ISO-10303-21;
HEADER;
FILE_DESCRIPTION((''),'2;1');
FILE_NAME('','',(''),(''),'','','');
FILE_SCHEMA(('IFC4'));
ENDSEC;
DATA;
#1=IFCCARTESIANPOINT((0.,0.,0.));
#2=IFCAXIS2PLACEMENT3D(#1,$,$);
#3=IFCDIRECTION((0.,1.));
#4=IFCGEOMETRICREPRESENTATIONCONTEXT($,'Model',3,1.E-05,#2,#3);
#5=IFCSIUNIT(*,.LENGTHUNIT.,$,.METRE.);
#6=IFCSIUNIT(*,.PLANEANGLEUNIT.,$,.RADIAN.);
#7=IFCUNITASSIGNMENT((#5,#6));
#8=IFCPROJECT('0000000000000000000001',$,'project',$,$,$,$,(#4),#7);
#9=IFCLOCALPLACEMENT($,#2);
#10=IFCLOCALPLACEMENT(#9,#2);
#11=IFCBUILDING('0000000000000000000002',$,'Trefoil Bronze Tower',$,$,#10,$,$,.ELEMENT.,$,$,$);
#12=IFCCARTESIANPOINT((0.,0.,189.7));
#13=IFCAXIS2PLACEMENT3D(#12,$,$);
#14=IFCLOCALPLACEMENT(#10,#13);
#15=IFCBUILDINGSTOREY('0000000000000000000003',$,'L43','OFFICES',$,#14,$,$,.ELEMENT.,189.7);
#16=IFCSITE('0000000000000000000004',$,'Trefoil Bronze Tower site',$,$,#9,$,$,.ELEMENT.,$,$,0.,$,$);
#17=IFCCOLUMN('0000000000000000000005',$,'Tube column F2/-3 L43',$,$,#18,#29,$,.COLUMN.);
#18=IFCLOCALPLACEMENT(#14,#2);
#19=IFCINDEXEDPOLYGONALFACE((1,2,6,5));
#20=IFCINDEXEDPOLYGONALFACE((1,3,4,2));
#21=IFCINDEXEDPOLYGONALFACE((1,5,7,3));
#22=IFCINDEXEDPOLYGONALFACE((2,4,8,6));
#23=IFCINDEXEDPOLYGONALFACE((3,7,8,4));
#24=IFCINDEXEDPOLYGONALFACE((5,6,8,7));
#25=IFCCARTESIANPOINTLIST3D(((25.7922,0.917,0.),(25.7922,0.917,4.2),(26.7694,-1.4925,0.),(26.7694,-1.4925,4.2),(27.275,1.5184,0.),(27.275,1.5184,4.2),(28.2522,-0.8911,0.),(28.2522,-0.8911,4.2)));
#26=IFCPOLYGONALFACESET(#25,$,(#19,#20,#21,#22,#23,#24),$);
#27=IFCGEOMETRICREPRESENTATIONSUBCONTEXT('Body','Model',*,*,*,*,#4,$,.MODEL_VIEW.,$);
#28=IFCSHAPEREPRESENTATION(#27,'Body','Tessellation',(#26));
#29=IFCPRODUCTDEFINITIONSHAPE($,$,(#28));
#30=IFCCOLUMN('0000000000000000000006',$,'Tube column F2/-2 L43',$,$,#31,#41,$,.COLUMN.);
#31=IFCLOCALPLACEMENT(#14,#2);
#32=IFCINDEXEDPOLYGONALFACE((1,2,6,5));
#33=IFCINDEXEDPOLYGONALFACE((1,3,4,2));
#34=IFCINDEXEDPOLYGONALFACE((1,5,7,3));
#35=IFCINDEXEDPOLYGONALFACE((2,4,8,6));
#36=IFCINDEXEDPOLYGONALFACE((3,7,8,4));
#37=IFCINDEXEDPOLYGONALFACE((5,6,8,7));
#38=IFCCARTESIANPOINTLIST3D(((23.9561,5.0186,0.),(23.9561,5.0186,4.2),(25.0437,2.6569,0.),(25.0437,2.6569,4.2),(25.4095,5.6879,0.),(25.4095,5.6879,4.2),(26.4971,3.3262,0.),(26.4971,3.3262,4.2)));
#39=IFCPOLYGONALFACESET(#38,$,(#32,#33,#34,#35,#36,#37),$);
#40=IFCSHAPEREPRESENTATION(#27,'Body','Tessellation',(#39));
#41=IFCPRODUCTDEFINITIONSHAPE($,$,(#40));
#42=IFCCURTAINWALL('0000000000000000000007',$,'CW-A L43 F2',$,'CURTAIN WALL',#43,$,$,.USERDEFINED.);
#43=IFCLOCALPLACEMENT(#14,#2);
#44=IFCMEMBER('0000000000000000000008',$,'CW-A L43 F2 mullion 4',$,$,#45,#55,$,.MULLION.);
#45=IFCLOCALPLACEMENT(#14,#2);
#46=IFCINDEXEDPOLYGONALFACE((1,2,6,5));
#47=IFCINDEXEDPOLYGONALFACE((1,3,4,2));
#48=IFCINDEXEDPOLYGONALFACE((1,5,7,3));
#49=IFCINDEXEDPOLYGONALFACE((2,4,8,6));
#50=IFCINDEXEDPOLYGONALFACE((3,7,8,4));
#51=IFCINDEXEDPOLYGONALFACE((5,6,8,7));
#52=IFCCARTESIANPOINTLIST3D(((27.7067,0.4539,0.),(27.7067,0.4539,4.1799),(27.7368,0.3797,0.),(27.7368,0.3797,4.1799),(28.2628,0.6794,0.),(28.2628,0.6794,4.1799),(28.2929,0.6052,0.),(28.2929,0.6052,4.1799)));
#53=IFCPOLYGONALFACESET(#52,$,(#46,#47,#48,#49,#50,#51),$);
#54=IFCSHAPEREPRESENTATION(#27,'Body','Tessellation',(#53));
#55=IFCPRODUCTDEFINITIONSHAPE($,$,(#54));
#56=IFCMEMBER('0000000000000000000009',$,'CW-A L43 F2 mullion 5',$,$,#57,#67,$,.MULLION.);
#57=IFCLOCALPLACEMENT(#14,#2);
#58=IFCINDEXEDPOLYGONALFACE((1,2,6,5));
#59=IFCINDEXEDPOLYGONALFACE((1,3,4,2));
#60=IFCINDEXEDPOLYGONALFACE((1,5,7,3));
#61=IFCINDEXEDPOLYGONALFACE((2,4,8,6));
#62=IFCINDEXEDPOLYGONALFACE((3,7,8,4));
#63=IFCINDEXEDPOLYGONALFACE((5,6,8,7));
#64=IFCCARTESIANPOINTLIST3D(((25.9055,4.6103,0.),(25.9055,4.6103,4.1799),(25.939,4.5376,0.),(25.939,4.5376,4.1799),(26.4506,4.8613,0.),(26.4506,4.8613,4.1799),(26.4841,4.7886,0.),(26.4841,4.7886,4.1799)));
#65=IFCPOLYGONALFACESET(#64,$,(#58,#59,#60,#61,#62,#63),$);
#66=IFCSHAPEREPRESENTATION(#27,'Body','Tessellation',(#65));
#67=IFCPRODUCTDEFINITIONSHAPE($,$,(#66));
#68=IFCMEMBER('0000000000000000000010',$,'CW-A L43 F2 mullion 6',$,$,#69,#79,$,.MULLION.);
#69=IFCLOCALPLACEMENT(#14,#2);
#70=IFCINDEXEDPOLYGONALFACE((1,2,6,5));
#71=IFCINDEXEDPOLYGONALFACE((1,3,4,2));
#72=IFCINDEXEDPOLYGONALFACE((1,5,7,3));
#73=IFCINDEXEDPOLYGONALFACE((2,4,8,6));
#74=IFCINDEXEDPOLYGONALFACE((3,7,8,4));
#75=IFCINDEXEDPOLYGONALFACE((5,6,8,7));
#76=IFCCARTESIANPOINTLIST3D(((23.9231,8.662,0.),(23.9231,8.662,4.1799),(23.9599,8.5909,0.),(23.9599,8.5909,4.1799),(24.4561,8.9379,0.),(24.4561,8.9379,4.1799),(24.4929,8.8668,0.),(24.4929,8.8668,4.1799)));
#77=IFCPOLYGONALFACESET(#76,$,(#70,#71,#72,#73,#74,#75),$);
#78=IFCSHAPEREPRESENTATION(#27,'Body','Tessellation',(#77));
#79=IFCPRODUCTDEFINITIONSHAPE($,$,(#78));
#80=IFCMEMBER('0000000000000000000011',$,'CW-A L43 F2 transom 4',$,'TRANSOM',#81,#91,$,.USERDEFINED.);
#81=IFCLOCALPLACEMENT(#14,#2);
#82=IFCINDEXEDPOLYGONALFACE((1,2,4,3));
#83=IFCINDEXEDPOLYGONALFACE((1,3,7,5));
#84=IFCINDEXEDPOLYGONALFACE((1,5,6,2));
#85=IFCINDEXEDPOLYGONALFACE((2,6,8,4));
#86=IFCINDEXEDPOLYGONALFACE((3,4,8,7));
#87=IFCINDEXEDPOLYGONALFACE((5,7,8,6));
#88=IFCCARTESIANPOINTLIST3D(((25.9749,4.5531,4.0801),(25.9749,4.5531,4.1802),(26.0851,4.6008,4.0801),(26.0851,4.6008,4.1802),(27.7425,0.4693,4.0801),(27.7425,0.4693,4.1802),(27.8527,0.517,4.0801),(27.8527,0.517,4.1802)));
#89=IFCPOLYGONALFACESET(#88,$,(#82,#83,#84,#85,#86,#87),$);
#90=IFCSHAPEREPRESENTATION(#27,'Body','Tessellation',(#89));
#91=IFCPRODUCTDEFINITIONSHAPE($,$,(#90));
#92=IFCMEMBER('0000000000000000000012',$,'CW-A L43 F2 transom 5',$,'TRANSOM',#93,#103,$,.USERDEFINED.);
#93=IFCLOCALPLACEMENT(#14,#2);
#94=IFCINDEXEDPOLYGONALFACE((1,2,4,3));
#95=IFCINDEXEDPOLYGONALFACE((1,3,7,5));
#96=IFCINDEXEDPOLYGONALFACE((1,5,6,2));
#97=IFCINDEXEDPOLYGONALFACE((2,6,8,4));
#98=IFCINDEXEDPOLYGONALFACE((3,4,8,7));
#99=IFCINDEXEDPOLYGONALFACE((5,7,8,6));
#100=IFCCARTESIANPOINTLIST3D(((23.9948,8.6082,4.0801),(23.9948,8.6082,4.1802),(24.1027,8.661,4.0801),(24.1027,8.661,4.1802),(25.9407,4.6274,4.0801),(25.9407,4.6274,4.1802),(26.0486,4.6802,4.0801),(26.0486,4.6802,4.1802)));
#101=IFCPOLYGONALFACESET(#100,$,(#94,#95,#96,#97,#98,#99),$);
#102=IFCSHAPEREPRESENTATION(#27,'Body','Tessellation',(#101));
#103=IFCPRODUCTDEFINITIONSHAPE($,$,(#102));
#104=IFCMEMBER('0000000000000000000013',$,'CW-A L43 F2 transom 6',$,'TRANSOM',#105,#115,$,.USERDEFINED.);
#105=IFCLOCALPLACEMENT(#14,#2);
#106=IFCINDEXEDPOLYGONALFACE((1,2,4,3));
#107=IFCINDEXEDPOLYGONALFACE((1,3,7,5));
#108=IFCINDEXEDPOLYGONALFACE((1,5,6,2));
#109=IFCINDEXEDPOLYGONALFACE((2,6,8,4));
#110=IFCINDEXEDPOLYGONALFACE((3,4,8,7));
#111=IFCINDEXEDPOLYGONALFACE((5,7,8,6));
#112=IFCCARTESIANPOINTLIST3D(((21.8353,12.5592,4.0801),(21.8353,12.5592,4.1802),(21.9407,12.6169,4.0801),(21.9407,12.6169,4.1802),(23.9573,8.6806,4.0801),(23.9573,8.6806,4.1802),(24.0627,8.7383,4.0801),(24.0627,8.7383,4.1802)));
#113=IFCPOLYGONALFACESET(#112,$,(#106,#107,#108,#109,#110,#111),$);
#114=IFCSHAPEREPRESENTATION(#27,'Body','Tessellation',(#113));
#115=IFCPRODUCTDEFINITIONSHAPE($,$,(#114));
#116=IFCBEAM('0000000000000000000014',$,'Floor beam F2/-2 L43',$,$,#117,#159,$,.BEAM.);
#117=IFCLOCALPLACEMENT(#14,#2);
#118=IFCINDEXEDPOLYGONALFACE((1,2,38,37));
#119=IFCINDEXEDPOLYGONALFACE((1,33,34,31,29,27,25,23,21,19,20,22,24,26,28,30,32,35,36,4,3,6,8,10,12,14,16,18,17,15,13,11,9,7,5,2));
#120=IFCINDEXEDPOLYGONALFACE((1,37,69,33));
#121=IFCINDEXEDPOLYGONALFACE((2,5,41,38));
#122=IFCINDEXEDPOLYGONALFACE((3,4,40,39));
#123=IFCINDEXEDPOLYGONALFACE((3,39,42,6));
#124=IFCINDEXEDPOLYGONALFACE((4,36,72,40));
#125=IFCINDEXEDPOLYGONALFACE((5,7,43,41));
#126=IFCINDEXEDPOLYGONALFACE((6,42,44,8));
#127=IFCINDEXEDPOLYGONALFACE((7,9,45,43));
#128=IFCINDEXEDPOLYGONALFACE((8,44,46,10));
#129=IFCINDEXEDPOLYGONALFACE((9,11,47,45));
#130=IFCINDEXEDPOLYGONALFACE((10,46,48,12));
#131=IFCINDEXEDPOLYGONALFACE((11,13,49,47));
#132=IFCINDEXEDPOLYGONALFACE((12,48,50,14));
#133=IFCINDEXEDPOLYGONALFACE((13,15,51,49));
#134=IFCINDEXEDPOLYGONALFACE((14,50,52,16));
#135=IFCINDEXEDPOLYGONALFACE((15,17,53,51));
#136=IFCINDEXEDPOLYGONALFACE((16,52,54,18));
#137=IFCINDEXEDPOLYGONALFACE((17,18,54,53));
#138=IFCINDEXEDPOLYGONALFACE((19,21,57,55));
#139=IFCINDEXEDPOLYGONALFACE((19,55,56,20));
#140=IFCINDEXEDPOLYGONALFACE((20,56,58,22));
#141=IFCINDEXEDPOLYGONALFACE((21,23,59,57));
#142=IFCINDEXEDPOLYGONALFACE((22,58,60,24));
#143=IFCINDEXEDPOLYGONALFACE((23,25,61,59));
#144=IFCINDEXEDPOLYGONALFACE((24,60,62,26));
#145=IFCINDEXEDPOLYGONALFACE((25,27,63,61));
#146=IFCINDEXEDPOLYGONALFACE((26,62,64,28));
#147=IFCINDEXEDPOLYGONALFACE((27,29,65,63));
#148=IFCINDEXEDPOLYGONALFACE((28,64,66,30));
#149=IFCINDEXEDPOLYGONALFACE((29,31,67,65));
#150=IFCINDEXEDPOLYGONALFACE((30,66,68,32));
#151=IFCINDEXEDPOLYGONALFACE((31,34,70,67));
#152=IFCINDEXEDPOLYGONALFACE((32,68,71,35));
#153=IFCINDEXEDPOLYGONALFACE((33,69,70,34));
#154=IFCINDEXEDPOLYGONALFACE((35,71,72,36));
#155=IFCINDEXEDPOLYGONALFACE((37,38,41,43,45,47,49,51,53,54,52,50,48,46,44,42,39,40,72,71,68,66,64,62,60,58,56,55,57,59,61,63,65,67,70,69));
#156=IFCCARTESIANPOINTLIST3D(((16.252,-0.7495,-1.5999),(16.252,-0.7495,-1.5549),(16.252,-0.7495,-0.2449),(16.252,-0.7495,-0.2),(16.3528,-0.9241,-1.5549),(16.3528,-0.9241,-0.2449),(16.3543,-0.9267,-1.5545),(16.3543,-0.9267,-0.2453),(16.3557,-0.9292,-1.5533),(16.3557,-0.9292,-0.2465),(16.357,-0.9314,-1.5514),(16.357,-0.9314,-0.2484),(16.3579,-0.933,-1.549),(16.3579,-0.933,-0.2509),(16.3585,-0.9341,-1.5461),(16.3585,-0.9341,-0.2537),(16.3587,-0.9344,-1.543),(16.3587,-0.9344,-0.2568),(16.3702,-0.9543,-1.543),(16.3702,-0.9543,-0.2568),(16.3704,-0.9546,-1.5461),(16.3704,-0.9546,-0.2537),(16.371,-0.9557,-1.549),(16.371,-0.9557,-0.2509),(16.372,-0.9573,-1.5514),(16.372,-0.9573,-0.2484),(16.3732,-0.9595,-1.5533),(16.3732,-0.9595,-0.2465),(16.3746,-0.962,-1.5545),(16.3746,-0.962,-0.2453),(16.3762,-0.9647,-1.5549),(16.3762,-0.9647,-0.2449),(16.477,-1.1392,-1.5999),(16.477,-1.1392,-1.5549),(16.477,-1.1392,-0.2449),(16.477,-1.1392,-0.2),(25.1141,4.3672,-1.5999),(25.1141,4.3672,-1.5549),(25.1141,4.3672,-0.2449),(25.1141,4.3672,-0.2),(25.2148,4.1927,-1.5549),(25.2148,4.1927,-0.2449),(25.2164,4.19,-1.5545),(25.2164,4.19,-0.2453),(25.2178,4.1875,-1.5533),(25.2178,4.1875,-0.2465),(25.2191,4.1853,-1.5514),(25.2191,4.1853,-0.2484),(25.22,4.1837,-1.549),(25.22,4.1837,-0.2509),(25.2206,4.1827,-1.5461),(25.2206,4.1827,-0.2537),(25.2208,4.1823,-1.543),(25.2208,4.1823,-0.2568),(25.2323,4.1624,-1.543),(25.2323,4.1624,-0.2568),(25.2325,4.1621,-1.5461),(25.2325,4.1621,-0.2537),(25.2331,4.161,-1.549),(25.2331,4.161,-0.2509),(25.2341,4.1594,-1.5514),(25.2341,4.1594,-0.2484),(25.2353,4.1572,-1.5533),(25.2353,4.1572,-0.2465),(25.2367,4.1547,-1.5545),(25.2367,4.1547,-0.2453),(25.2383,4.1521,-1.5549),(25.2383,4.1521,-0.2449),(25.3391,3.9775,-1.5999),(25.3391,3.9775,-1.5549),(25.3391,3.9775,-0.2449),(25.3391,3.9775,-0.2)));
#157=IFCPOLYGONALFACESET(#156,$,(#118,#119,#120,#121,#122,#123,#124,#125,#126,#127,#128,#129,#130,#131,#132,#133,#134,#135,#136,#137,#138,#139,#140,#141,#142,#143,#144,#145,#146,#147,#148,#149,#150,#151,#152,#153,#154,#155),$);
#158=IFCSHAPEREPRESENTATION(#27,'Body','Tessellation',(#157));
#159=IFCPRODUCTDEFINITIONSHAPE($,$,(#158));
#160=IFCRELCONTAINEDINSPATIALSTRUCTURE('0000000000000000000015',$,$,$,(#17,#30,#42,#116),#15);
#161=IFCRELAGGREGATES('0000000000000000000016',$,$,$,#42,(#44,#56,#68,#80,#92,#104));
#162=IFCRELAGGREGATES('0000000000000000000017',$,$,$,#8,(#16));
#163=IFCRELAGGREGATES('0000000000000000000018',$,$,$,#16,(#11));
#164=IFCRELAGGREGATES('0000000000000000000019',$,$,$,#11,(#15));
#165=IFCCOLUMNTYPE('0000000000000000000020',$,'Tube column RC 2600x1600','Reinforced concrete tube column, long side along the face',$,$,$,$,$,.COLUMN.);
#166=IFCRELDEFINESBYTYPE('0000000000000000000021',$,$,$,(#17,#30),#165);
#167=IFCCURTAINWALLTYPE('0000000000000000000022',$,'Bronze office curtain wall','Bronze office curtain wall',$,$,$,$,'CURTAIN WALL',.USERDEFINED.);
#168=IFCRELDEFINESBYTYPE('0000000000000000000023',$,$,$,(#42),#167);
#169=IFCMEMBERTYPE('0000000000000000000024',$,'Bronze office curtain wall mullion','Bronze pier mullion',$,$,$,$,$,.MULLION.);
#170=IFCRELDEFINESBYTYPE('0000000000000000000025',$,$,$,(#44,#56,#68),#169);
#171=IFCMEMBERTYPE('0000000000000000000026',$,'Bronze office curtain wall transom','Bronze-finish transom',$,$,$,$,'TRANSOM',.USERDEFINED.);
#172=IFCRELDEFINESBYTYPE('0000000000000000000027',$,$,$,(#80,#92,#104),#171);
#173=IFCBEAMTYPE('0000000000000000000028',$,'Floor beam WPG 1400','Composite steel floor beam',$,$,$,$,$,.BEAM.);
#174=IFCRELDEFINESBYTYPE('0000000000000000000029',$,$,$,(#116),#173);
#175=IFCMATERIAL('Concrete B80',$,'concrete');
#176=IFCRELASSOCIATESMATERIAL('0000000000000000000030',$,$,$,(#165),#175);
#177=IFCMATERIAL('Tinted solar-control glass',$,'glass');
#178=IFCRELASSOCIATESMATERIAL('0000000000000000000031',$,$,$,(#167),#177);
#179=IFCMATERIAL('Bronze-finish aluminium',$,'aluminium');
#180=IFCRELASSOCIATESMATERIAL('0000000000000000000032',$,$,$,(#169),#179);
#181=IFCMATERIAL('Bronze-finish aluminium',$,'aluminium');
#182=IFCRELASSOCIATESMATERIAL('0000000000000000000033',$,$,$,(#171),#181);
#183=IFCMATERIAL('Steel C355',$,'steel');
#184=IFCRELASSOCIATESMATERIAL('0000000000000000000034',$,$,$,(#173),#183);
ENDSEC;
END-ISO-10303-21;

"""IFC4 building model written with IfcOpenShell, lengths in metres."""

from ifc_helpers import new_model, si_unit, direction, frame, origin, origin_2d, place, context, subcontext, project, spatial, rectangle, i_section, extrude, material, material_profile, profile_set, type_object, element, aggregate, save


model = new_model("IFC4")

# Units and contexts
model_context = context("Model", 3, precision=1e-05, world=origin(), true_north=direction((0.0, 1.0)))
body_context = subcontext(model_context, "Body", "Model", "MODEL_VIEW")
ifc_project = project(units=[si_unit("LENGTHUNIT", "METRE"), si_unit("PLANEANGLEUNIT", "RADIAN")], contexts=[model_context])

# Site, building, storey
site_placement = place(None, origin())
site = spatial("IfcSite", under=ifc_project, at=site_placement, Name="Trefoil Bronze Tower site", CompositionType="ELEMENT", RefElevation=0.0)
building_placement = place(site_placement, origin())
building = spatial("IfcBuilding", under=site, at=building_placement, Name="Trefoil Bronze Tower", CompositionType="ELEMENT")
storey_placement = place(building_placement, frame((0.0, 0.0, 189.7)))
storey = spatial("IfcBuildingStorey", under=building, at=storey_placement, Name="L43", Description="OFFICES", CompositionType="ELEMENT", Elevation=189.7)

# Columns
ifc_material_1 = material(Name="Concrete B80", Category="concrete")
ifc_material_profile_1 = material_profile(ifc_material_1, rectangle(XDim=2.6001, YDim=1.6001, at=origin_2d()), Name="RC 2600x1600")
ifc_profile_set_1 = profile_set([ifc_material_profile_1], Name="Concrete B80")
column_type = type_object("IfcColumnType", Name="Tube column RC 2600x1600", Description="Reinforced concrete tube column, long side along the face", PredefinedType="COLUMN", material=ifc_profile_set_1)
for number, where, z_axis, x_axis, name in (
    (1, (27.0222, 0.0129, 0.0), (0.0, 0.0, 1.0), (-0.375828, 0.926689, 0.0), "Tube column F2/-3 L43"),
    (2, (25.2266, 4.1724, 0.0), (0.0, 0.0, 1.0), (-0.418286, 0.908315, 0.0), "Tube column F2/-2 L43"),
):
    element("IfcColumn", number, at=place(storey_placement, frame(where, z_axis=z_axis, x_axis=x_axis)), inside=storey, type_object=column_type, Name=name, PredefinedType="COLUMN", context=body_context, shape_type="SweptSolid", body=[
        extrude(rectangle(XDim=2.6001, YDim=1.6001, at=origin_2d()), origin(), (0.0, 0.0, 1.0), 4.2),
    ])

# Curtain wall, members
ifc_material_2 = material(Name="Tinted solar-control glass", Category="glass")
curtain_wall_type = type_object("IfcCurtainWallType", Name="Bronze office curtain wall", Description="Bronze office curtain wall", ElementType="CURTAIN WALL", PredefinedType="USERDEFINED", material=ifc_material_2)
curtain_wall_placement = place(storey_placement, origin())
curtain_wall = element("IfcCurtainWall", 3, at=curtain_wall_placement, inside=storey, type_object=curtain_wall_type, Name="CW-A L43 F2", ObjectType="CURTAIN WALL", PredefinedType="USERDEFINED")
ifc_material_3 = material(Name="Bronze-finish aluminium", Category="aluminium")
ifc_material_profile_2 = material_profile(ifc_material_3, rectangle(XDim=0.6001, YDim=0.0801, at=origin_2d()), Name="CW-A mullion")
ifc_profile_set_2 = profile_set([ifc_material_profile_2], Name="Bronze-finish aluminium")
member_type_1 = type_object("IfcMemberType", Name="Bronze office curtain wall mullion", Description="Bronze pier mullion", PredefinedType="MULLION", material=ifc_profile_set_2)
member_1_placement = place(storey_placement, frame((27.9998, 0.5295, 0.0), z_axis=(0.0, 0.0, 1.0), x_axis=(-0.926689, -0.375828, 0.0)))
member_1 = element("IfcMember", 4, at=member_1_placement, type_object=member_type_1, Name="CW-A L43 F2 mullion 4", PredefinedType="MULLION", context=body_context, shape_type="SweptSolid", body=[
    extrude(rectangle(XDim=0.6001, YDim=0.0801, at=origin_2d()), origin(), (0.0, 0.0, 1.0), 4.1799),
])
member_2_placement = place(storey_placement, frame((26.1948, 4.6995, 0.0), z_axis=(0.0, 0.0, 1.0), x_axis=(-0.908315, -0.418286, 0.0)))
member_2 = element("IfcMember", 5, at=member_2_placement, type_object=member_type_1, Name="CW-A L43 F2 mullion 5", PredefinedType="MULLION", context=body_context, shape_type="SweptSolid", body=[
    extrude(rectangle(XDim=0.6001, YDim=0.0801, at=origin_2d()), origin(), (0.0, 0.0, 1.0), 4.1799),
])
member_3_placement = place(storey_placement, frame((24.208, 8.7644, 0.0), z_axis=(0.0, 0.0, 1.0), x_axis=(-0.888088, -0.459673, 0.0)))
member_3 = element("IfcMember", 6, at=member_3_placement, type_object=member_type_1, Name="CW-A L43 F2 mullion 6", PredefinedType="MULLION", context=body_context, shape_type="SweptSolid", body=[
    extrude(rectangle(XDim=0.6001, YDim=0.0801, at=origin_2d()), origin(), (0.0, 0.0, 1.0), 4.1799),
])
ifc_material_4 = material(Name="Bronze-finish aluminium", Category="aluminium")
ifc_material_profile_3 = material_profile(ifc_material_4, rectangle(XDim=0.1201, YDim=0.1001, at=origin_2d()), Name="CW-A transom")
ifc_profile_set_3 = profile_set([ifc_material_profile_3], Name="Bronze-finish aluminium")
member_type_2 = type_object("IfcMemberType", Name="Bronze office curtain wall transom", Description="Bronze-finish transom", ElementType="TRANSOM", PredefinedType="USERDEFINED", material=ifc_profile_set_3)
member_4_placement = place(storey_placement, frame((27.7976, 0.4932, 4.1301), z_axis=(-0.397221, 0.917723, 0.0), x_axis=(-0.917723, -0.397221, 0.0)))
member_4 = element("IfcMember", 7, at=member_4_placement, type_object=member_type_2, Name="CW-A L43 F2 transom 4", ObjectType="TRANSOM", PredefinedType="USERDEFINED", context=body_context, shape_type="SweptSolid", body=[
    extrude(rectangle(XDim=0.1201, YDim=0.1001, at=origin_2d()), origin(), (0.0, 0.0, 1.0), 4.45),
])
member_5_placement = place(storey_placement, frame((25.9946, 4.6538, 4.1301), z_axis=(-0.439151, 0.898413, 0.0), x_axis=(-0.898413, -0.439151, 0.0)))
member_5 = element("IfcMember", 8, at=member_5_placement, type_object=member_type_2, Name="CW-A L43 F2 transom 5", ObjectType="TRANSOM", PredefinedType="USERDEFINED", context=body_context, shape_type="SweptSolid", body=[
    extrude(rectangle(XDim=0.1201, YDim=0.1001, at=origin_2d()), origin(), (0.0, 0.0, 1.0), 4.4309),
])
member_6_placement = place(storey_placement, frame((24.01, 8.7095, 4.1301), z_axis=(-0.479974, 0.877283, 0.0), x_axis=(-0.877283, -0.479974, 0.0)))
member_6 = element("IfcMember", 9, at=member_6_placement, type_object=member_type_2, Name="CW-A L43 F2 transom 6", ObjectType="TRANSOM", PredefinedType="USERDEFINED", context=body_context, shape_type="SweptSolid", body=[
    extrude(rectangle(XDim=0.1201, YDim=0.1001, at=origin_2d()), origin(), (0.0, 0.0, 1.0), 4.4211),
])

# Beam
ifc_material_5 = material(Name="Steel C355", Category="steel")
ifc_material_profile_4 = material_profile(ifc_material_5, i_section(OverallWidth=0.45, OverallDepth=1.3999, WebThickness=0.0229, FlangeThickness=0.0449, FilletRadius=0.012, at=origin_2d()), Name="WPG 1400")
ifc_profile_set_4 = profile_set([ifc_material_profile_4], Name="Steel C355")
beam_type_1 = type_object("IfcBeamType", Name="Floor beam WPG 1400", Description="Composite steel floor beam", PredefinedType="BEAM", material=ifc_profile_set_4)
beam_1_placement = place(storey_placement, frame((25.2266, 4.1724, -0.8999), z_axis=(-0.866018, -0.500014, 0.0), x_axis=(0.500014, -0.866018, 0.0)))
element("IfcBeam", 10, at=beam_1_placement, inside=storey, type_object=beam_type_1, Name="Floor beam F2/-2 L43", PredefinedType="BEAM", context=body_context, shape_type="SweptSolid", body=[
    extrude(i_section(OverallWidth=0.45, OverallDepth=1.3999, WebThickness=0.0229, FlangeThickness=0.0449, FilletRadius=0.012, at=origin_2d()), origin(), (0.0, 0.0, 1.0), 10.2332),
])

aggregate(curtain_wall, [member_1, member_2, member_3, member_4, member_5, member_6])

save(model, "model.ifc")
